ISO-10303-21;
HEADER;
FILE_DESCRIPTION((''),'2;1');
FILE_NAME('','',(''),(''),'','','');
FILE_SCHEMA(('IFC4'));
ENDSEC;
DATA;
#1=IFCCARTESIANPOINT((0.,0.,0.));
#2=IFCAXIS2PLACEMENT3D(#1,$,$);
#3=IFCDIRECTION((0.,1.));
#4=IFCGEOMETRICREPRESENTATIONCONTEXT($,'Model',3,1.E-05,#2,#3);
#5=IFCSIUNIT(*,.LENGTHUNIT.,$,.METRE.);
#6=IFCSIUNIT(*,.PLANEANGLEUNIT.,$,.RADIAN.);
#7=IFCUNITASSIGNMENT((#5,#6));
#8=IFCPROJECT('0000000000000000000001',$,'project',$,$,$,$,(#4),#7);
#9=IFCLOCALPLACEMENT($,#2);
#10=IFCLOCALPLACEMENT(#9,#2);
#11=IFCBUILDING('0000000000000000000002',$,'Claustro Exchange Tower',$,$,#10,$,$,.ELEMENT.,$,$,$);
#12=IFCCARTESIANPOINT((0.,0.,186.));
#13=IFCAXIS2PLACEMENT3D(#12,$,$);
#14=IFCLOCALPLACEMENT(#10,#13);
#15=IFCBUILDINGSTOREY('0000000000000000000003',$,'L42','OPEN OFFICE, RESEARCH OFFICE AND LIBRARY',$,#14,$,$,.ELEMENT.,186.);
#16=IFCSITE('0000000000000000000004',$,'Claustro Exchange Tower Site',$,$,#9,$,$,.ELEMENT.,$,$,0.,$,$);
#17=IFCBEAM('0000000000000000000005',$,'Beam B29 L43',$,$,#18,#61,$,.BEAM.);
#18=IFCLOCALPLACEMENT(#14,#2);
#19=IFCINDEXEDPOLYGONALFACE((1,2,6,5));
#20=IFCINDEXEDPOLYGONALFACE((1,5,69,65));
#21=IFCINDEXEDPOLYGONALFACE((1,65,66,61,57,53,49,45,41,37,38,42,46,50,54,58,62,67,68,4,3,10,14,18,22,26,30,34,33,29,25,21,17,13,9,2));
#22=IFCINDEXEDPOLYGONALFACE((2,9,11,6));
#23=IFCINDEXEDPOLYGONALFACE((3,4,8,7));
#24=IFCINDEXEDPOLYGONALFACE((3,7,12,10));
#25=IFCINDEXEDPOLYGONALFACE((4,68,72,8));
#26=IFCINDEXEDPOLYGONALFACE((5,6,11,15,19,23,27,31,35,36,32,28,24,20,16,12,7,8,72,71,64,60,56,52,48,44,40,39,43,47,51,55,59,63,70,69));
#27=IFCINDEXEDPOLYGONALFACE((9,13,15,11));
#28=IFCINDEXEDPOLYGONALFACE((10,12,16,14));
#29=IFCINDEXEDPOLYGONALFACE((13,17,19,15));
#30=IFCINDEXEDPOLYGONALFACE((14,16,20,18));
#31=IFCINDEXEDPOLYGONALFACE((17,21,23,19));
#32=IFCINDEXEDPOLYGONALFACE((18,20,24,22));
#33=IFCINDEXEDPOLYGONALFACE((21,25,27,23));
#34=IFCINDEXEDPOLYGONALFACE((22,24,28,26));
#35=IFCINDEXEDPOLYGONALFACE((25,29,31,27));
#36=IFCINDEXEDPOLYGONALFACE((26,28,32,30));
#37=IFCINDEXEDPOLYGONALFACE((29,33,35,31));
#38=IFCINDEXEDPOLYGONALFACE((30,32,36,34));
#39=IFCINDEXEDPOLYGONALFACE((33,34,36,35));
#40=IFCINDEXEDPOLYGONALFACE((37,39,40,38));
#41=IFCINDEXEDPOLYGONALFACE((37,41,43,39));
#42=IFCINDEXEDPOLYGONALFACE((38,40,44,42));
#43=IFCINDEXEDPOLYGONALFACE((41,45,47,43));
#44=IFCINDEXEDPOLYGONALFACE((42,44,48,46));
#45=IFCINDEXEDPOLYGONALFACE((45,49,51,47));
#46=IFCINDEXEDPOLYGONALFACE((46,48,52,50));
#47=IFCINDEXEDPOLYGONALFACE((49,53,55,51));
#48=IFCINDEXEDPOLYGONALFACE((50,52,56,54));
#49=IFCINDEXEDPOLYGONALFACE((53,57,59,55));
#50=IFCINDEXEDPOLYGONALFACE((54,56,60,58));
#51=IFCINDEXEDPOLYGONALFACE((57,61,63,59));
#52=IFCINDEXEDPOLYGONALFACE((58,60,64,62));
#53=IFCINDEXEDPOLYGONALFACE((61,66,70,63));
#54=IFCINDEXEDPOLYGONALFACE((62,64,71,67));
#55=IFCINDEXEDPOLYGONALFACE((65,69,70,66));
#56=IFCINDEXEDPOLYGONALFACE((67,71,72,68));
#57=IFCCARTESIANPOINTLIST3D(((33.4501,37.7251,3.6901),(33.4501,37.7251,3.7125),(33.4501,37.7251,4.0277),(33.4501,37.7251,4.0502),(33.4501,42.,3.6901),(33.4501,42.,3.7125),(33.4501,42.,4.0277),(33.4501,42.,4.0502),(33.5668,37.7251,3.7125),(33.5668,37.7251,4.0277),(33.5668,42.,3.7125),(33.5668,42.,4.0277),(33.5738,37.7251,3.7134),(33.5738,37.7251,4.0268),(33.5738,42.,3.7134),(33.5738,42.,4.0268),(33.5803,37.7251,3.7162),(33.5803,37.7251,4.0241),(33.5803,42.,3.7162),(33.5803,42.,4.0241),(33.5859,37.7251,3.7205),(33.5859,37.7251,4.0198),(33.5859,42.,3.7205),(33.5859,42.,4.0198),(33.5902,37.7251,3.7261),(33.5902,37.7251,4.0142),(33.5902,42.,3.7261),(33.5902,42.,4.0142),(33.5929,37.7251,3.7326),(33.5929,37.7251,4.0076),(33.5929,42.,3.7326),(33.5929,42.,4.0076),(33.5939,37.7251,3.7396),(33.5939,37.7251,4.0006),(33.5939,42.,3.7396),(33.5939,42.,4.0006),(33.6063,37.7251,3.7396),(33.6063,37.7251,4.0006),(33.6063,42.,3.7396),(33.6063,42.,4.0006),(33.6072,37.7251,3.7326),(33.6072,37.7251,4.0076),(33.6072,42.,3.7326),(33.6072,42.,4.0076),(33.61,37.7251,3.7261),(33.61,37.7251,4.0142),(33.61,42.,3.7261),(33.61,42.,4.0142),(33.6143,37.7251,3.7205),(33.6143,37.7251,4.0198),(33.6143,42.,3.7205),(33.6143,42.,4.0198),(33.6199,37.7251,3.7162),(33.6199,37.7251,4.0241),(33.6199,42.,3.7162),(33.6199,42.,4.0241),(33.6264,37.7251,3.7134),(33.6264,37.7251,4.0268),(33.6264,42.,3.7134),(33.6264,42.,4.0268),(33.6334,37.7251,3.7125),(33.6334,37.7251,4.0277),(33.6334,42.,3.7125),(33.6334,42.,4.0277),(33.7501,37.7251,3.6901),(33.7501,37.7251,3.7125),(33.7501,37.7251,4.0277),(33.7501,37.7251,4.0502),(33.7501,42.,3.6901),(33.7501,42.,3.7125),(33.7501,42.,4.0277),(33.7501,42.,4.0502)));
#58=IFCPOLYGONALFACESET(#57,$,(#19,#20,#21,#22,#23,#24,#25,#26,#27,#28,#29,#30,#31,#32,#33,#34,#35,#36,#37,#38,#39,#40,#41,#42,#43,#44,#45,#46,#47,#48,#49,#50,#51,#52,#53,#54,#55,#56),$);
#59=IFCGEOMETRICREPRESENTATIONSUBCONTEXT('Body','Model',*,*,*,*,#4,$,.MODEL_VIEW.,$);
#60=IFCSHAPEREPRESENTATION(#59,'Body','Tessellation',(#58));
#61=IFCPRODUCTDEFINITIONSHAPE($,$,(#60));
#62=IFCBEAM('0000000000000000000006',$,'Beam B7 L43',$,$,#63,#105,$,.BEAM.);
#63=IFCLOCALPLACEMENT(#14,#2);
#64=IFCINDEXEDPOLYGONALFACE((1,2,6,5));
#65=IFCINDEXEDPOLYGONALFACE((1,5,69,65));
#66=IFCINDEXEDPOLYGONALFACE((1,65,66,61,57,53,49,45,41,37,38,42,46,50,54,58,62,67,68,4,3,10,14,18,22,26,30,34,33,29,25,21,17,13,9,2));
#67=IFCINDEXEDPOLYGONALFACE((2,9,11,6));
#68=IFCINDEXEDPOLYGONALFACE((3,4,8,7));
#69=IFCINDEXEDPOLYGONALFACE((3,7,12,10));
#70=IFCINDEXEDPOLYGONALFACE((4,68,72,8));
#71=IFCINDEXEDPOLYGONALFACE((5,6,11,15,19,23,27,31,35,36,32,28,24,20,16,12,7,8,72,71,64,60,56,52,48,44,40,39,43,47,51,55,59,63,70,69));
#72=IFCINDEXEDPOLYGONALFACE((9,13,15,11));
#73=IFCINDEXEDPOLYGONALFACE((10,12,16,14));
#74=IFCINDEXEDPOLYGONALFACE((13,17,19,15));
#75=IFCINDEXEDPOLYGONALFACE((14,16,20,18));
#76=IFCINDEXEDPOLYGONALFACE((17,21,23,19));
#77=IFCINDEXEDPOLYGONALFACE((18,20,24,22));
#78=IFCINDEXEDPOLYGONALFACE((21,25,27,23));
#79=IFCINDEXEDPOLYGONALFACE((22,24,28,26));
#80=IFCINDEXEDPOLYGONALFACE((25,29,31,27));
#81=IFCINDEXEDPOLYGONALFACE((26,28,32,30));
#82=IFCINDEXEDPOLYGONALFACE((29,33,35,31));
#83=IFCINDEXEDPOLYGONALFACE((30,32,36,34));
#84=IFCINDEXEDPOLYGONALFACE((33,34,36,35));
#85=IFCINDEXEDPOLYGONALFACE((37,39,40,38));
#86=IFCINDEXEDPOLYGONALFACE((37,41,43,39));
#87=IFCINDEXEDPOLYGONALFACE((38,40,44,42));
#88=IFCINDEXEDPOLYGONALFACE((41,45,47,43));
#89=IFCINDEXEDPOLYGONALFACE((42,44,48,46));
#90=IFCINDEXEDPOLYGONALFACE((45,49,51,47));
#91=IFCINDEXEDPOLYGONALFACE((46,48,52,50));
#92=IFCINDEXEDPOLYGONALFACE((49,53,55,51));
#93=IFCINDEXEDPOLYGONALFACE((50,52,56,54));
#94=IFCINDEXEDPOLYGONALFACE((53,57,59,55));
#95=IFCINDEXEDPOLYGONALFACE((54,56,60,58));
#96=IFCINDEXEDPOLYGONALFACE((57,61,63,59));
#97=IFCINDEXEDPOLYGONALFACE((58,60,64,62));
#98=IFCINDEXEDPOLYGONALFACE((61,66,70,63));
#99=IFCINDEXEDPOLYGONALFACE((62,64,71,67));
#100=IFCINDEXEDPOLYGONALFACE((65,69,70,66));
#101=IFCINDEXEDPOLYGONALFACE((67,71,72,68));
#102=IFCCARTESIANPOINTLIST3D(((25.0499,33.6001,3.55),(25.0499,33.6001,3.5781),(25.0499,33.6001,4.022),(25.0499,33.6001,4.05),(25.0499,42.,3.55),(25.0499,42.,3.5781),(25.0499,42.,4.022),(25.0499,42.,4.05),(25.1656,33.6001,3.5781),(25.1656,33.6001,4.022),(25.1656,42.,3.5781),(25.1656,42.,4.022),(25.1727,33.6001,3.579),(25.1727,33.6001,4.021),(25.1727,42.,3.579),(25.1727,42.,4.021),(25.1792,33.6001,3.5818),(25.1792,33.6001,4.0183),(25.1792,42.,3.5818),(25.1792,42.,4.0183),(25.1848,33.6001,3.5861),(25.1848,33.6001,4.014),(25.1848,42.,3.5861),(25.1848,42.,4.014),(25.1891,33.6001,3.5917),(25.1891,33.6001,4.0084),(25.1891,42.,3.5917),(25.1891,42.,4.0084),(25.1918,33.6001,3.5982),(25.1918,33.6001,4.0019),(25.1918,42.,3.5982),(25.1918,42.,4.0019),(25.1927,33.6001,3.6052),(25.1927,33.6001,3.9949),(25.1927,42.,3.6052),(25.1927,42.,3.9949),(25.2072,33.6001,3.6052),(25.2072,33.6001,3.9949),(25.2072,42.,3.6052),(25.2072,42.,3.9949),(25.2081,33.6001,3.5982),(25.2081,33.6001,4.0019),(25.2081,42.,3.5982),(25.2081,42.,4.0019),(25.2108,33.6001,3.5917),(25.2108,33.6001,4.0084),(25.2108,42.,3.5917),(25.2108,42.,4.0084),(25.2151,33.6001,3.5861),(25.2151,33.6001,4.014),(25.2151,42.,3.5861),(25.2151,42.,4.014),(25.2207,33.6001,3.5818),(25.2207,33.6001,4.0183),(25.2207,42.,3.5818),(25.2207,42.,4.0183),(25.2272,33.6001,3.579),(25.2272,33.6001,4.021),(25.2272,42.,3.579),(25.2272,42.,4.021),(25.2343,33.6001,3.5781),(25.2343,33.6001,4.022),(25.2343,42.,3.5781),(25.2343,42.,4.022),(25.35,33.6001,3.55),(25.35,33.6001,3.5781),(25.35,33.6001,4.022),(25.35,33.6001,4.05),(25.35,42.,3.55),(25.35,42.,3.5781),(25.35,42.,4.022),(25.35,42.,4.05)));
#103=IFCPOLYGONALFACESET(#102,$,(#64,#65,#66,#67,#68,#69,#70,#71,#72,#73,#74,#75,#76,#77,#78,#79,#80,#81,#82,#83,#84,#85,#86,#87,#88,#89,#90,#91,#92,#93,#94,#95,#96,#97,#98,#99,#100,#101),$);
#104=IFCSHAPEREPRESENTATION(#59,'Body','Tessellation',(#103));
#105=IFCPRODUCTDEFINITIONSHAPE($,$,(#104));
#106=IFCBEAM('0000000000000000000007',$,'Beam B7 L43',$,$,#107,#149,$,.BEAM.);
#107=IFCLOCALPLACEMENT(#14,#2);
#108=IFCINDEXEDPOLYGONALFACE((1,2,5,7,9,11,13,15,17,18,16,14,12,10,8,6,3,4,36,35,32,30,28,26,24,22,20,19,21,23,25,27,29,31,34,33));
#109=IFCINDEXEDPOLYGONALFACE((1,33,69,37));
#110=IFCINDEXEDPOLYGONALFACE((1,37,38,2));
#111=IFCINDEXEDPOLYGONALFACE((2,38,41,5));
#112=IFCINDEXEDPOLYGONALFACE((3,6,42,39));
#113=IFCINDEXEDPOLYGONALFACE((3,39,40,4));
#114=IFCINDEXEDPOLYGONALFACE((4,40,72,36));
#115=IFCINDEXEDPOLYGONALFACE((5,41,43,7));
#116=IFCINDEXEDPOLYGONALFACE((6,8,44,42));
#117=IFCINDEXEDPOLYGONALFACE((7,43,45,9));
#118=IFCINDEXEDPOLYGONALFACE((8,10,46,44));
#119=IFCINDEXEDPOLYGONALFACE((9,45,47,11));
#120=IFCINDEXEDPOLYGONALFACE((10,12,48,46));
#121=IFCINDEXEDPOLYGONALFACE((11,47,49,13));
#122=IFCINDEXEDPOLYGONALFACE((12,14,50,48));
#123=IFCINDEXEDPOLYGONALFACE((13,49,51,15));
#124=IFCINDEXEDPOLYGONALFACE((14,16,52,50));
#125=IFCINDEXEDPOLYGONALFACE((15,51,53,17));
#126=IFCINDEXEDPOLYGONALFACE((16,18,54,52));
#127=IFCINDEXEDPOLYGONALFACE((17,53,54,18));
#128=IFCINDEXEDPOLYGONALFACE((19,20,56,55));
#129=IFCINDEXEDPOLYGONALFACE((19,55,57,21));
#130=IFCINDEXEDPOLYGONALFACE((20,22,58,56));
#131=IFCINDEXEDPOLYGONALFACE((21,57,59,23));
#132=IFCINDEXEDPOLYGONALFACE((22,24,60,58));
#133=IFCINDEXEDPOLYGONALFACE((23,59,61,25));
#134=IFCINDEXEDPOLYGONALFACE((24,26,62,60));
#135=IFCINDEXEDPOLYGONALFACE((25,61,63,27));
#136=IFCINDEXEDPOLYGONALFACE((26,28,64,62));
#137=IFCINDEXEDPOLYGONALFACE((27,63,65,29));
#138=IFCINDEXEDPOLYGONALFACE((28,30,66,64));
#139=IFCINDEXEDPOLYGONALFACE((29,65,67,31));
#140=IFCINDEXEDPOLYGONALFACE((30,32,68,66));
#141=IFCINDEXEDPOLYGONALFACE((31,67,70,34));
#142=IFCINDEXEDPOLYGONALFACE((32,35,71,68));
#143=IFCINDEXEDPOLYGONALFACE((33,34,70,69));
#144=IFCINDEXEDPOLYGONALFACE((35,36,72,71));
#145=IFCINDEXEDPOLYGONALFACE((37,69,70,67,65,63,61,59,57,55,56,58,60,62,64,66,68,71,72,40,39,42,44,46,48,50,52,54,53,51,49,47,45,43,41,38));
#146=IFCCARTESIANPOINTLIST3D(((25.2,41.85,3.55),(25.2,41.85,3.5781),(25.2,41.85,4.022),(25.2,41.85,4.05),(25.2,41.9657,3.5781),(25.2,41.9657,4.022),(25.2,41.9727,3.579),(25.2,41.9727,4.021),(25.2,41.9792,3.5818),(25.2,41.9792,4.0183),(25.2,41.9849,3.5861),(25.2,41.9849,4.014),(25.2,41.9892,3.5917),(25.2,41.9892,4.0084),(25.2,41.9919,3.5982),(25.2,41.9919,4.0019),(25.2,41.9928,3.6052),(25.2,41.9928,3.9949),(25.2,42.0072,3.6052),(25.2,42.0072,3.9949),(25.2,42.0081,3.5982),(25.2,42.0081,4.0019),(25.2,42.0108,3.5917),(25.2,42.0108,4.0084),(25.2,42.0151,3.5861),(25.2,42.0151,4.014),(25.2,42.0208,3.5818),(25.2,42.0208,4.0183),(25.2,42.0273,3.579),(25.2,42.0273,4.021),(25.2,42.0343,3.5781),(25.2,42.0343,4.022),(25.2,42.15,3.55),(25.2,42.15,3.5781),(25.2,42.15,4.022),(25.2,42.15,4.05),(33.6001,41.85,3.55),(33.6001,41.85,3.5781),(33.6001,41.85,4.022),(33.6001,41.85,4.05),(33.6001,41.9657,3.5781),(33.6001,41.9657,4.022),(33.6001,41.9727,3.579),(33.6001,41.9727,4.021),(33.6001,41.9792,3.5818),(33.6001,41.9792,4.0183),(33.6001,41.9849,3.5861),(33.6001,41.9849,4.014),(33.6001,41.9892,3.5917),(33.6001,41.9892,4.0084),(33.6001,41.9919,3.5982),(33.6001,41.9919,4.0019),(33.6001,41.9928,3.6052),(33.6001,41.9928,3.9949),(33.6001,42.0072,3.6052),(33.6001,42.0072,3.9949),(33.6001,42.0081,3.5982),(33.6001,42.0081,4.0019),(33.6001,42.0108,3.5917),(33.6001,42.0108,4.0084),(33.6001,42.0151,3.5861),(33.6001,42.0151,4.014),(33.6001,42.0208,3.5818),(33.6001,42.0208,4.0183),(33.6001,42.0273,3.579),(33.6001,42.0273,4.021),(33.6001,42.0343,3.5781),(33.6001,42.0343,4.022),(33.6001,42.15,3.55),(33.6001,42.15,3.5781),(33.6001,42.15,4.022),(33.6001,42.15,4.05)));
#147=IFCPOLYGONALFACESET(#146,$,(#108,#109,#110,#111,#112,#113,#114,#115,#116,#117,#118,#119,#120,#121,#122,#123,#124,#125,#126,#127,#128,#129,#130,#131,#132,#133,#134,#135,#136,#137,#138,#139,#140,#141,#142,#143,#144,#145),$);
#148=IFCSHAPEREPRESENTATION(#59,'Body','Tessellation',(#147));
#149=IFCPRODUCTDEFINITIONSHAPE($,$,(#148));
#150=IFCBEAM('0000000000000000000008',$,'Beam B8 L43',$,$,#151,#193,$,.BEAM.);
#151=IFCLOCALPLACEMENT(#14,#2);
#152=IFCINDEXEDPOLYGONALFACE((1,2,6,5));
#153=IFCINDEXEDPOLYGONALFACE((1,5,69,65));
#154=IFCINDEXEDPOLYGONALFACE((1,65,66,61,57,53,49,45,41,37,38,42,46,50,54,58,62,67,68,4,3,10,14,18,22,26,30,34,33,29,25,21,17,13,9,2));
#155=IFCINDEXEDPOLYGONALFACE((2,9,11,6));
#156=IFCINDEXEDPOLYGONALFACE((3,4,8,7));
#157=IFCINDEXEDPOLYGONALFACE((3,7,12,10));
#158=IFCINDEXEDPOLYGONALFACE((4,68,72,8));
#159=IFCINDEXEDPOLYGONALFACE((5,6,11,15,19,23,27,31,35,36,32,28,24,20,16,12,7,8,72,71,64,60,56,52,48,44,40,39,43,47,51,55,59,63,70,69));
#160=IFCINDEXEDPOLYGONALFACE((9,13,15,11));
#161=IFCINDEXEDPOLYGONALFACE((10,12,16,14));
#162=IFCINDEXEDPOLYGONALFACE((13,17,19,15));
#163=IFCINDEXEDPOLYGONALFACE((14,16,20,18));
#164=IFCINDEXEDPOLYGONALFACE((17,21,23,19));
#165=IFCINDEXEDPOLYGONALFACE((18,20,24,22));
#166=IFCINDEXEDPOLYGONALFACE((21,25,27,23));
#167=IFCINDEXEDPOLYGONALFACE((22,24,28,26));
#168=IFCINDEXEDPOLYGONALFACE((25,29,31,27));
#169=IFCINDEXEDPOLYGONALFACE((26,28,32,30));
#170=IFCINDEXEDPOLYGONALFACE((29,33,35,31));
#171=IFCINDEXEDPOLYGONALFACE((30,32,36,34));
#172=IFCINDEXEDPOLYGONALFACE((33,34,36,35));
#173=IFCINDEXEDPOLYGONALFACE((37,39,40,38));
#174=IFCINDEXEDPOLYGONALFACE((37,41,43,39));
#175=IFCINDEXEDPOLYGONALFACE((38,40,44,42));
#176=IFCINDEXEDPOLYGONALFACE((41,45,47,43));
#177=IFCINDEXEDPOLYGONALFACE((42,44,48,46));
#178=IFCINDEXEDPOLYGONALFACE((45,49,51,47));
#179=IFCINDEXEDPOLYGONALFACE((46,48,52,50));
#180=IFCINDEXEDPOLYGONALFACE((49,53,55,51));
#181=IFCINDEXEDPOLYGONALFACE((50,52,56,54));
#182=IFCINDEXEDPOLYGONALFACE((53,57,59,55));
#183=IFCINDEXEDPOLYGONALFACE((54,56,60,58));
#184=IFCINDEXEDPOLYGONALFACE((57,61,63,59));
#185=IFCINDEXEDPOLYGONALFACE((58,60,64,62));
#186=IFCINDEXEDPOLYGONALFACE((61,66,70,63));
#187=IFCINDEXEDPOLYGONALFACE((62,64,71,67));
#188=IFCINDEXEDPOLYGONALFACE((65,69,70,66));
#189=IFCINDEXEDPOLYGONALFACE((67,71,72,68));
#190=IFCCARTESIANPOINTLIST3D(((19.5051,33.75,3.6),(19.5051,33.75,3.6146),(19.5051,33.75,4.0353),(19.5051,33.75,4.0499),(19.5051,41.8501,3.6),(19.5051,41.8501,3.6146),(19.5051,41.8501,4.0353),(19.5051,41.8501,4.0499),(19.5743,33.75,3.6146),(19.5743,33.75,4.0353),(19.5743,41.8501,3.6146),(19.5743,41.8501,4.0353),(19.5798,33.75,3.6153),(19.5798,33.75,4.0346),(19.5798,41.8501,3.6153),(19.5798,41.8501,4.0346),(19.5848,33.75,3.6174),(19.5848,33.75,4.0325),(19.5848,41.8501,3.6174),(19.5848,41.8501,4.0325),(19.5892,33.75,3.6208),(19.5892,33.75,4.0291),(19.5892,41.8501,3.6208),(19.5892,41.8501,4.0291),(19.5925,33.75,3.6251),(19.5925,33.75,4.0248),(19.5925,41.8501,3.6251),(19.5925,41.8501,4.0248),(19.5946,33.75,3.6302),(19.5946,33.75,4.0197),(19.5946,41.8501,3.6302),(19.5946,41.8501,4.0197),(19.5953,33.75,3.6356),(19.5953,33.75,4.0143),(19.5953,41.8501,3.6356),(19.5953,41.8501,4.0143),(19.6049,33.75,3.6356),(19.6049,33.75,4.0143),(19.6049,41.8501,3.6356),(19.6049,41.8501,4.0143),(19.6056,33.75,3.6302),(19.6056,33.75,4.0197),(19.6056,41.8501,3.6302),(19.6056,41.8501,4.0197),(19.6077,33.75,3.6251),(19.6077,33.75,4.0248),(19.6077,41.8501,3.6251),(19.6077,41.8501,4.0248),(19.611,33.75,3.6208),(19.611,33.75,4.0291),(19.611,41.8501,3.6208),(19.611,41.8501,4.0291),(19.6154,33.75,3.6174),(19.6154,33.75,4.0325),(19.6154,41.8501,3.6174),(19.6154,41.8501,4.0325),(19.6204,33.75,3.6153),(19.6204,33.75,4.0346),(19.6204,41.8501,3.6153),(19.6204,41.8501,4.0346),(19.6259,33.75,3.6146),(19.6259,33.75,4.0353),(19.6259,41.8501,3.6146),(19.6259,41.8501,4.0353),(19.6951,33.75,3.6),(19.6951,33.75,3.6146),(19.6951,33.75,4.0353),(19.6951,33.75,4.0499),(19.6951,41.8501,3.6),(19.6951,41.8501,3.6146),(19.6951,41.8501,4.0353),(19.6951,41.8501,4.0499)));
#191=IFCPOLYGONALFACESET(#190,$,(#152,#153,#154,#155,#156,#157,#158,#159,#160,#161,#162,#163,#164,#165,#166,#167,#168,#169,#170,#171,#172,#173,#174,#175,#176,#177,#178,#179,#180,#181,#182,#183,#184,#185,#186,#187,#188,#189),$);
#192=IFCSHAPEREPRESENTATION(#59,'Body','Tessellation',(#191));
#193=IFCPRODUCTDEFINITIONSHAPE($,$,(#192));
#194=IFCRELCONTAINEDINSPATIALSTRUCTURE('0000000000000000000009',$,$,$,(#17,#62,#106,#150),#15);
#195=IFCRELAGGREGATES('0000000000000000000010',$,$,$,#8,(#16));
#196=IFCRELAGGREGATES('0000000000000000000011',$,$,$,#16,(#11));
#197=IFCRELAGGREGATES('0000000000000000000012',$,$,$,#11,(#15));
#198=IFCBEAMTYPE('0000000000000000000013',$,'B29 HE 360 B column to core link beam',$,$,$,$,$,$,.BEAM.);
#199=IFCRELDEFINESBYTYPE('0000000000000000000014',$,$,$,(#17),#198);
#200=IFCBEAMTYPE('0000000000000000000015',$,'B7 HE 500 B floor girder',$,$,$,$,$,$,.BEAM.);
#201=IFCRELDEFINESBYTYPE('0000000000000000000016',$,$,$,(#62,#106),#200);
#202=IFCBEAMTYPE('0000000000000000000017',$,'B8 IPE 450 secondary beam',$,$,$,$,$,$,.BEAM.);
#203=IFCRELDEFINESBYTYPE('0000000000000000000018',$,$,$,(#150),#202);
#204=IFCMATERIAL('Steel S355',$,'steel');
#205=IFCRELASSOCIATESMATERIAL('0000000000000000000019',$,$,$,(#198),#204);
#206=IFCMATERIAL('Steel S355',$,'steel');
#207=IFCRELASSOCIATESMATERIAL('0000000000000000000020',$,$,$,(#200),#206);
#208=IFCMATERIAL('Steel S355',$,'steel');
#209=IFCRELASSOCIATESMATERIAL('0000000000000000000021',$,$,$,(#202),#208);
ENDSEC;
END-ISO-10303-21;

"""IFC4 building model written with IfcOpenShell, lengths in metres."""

from ifc_helpers import new_model, si_unit, direction, frame, origin, origin_2d, place, context, subcontext, project, spatial, i_section, extrude, material, material_profile, profile_set, type_object, element, save


model = new_model("IFC4")

# Units and contexts
model_context = context("Model", 3, precision=1e-05, world=origin(), true_north=direction((0.0, 1.0)))
body_context = subcontext(model_context, "Body", "Model", "MODEL_VIEW")
ifc_project = project(units=[si_unit("LENGTHUNIT", "METRE"), si_unit("PLANEANGLEUNIT", "RADIAN")], contexts=[model_context])

# Site, building, storey
site_placement = place(None, origin())
site = spatial("IfcSite", under=ifc_project, at=site_placement, Name="Claustro Exchange Tower Site", CompositionType="ELEMENT", RefElevation=0.0)
building_placement = place(site_placement, origin())
building = spatial("IfcBuilding", under=site, at=building_placement, Name="Claustro Exchange Tower", CompositionType="ELEMENT")
storey_placement = place(building_placement, frame((0.0, 0.0, 186.0)))
storey = spatial("IfcBuildingStorey", under=building, at=storey_placement, Name="L42", Description="OPEN OFFICE, RESEARCH OFFICE AND LIBRARY", CompositionType="ELEMENT", Elevation=186.0)

# Beams
ifc_material_1 = material(Name="Steel S355", Category="steel")
ifc_material_profile_1 = material_profile(ifc_material_1, i_section(OverallWidth=0.3, OverallDepth=0.3601, WebThickness=0.0125, FlangeThickness=0.0225, FilletRadius=0.0271, at=origin_2d()), Name="HE 360 B")
ifc_profile_set_1 = profile_set([ifc_material_profile_1], Name="Steel S355")
beam_type_1 = type_object("IfcBeamType", Name="B29 HE 360 B column to core link beam", PredefinedType="BEAM", material=ifc_profile_set_1)
beam_1_placement = place(storey_placement, frame((33.6001, 37.7251, 3.8701), z_axis=(0.0, 1.0, 0.0), x_axis=(-1.0, 0.0, 0.0)))
element("IfcBeam", 1, at=beam_1_placement, inside=storey, type_object=beam_type_1, Name="Beam B29 L43", PredefinedType="BEAM", context=body_context, shape_type="SweptSolid", body=[
    extrude(i_section(OverallWidth=0.3, OverallDepth=0.3601, WebThickness=0.0125, FlangeThickness=0.0225, FilletRadius=0.0271, at=origin_2d()), origin(), (0.0, 0.0, 1.0), 4.2749),
])
ifc_material_2 = material(Name="Steel S355", Category="steel")
ifc_material_profile_2 = material_profile(ifc_material_2, i_section(OverallWidth=0.3, OverallDepth=0.5, WebThickness=0.0144, FlangeThickness=0.0281, FilletRadius=0.0271, at=origin_2d()), Name="HE 500 B")
ifc_profile_set_2 = profile_set([ifc_material_profile_2], Name="Steel S355")
beam_type_2 = type_object("IfcBeamType", Name="B7 HE 500 B floor girder", PredefinedType="BEAM", material=ifc_profile_set_2)
beam_2_placement = place(storey_placement, frame((25.2, 33.6001, 3.8), z_axis=(0.0, 1.0, 0.0), x_axis=(-1.0, 0.0, 0.0)))
element("IfcBeam", 2, at=beam_2_placement, inside=storey, type_object=beam_type_2, Name="Beam B7 L43", PredefinedType="BEAM", context=body_context, shape_type="SweptSolid", body=[
    extrude(i_section(OverallWidth=0.3, OverallDepth=0.5, WebThickness=0.0144, FlangeThickness=0.0281, FilletRadius=0.0271, at=origin_2d()), origin(), (0.0, 0.0, 1.0), 8.3999),
])
beam_3_placement = place(storey_placement, frame((25.2, 42.0, 3.8), z_axis=(1.0, 0.0, 0.0), x_axis=(0.0, 1.0, 0.0)))
element("IfcBeam", 3, at=beam_3_placement, inside=storey, type_object=beam_type_2, Name="Beam B7 L43", PredefinedType="BEAM", context=body_context, shape_type="SweptSolid", body=[
    extrude(i_section(OverallWidth=0.3, OverallDepth=0.5, WebThickness=0.0144, FlangeThickness=0.0281, FilletRadius=0.0271, at=origin_2d()), origin(), (0.0, 0.0, 1.0), 8.4001),
])
ifc_material_3 = material(Name="Steel S355", Category="steel")
ifc_material_profile_3 = material_profile(ifc_material_3, i_section(OverallWidth=0.1899, OverallDepth=0.45, WebThickness=0.0095, FlangeThickness=0.0146, FilletRadius=0.021, at=origin_2d()), Name="IPE 450")
ifc_profile_set_3 = profile_set([ifc_material_profile_3], Name="Steel S355")
beam_type_3 = type_object("IfcBeamType", Name="B8 IPE 450 secondary beam", PredefinedType="BEAM", material=ifc_profile_set_3)
for number, where, z_axis, x_axis, name in (
    (4, (19.6001, 33.75, 3.825), (0.0, 1.0, 0.0), (-1.0, 0.0, 0.0), "Beam B8 L43"),
):
    element("IfcBeam", number, at=place(storey_placement, frame(where, z_axis=z_axis, x_axis=x_axis)), inside=storey, type_object=beam_type_3, Name=name, PredefinedType="BEAM", context=body_context, shape_type="SweptSolid", body=[
        extrude(i_section(OverallWidth=0.1899, OverallDepth=0.45, WebThickness=0.0095, FlangeThickness=0.0146, FilletRadius=0.021, at=origin_2d()), origin(), (0.0, 0.0, 1.0), 8.1001),
    ])

save(model, "model.ifc")
